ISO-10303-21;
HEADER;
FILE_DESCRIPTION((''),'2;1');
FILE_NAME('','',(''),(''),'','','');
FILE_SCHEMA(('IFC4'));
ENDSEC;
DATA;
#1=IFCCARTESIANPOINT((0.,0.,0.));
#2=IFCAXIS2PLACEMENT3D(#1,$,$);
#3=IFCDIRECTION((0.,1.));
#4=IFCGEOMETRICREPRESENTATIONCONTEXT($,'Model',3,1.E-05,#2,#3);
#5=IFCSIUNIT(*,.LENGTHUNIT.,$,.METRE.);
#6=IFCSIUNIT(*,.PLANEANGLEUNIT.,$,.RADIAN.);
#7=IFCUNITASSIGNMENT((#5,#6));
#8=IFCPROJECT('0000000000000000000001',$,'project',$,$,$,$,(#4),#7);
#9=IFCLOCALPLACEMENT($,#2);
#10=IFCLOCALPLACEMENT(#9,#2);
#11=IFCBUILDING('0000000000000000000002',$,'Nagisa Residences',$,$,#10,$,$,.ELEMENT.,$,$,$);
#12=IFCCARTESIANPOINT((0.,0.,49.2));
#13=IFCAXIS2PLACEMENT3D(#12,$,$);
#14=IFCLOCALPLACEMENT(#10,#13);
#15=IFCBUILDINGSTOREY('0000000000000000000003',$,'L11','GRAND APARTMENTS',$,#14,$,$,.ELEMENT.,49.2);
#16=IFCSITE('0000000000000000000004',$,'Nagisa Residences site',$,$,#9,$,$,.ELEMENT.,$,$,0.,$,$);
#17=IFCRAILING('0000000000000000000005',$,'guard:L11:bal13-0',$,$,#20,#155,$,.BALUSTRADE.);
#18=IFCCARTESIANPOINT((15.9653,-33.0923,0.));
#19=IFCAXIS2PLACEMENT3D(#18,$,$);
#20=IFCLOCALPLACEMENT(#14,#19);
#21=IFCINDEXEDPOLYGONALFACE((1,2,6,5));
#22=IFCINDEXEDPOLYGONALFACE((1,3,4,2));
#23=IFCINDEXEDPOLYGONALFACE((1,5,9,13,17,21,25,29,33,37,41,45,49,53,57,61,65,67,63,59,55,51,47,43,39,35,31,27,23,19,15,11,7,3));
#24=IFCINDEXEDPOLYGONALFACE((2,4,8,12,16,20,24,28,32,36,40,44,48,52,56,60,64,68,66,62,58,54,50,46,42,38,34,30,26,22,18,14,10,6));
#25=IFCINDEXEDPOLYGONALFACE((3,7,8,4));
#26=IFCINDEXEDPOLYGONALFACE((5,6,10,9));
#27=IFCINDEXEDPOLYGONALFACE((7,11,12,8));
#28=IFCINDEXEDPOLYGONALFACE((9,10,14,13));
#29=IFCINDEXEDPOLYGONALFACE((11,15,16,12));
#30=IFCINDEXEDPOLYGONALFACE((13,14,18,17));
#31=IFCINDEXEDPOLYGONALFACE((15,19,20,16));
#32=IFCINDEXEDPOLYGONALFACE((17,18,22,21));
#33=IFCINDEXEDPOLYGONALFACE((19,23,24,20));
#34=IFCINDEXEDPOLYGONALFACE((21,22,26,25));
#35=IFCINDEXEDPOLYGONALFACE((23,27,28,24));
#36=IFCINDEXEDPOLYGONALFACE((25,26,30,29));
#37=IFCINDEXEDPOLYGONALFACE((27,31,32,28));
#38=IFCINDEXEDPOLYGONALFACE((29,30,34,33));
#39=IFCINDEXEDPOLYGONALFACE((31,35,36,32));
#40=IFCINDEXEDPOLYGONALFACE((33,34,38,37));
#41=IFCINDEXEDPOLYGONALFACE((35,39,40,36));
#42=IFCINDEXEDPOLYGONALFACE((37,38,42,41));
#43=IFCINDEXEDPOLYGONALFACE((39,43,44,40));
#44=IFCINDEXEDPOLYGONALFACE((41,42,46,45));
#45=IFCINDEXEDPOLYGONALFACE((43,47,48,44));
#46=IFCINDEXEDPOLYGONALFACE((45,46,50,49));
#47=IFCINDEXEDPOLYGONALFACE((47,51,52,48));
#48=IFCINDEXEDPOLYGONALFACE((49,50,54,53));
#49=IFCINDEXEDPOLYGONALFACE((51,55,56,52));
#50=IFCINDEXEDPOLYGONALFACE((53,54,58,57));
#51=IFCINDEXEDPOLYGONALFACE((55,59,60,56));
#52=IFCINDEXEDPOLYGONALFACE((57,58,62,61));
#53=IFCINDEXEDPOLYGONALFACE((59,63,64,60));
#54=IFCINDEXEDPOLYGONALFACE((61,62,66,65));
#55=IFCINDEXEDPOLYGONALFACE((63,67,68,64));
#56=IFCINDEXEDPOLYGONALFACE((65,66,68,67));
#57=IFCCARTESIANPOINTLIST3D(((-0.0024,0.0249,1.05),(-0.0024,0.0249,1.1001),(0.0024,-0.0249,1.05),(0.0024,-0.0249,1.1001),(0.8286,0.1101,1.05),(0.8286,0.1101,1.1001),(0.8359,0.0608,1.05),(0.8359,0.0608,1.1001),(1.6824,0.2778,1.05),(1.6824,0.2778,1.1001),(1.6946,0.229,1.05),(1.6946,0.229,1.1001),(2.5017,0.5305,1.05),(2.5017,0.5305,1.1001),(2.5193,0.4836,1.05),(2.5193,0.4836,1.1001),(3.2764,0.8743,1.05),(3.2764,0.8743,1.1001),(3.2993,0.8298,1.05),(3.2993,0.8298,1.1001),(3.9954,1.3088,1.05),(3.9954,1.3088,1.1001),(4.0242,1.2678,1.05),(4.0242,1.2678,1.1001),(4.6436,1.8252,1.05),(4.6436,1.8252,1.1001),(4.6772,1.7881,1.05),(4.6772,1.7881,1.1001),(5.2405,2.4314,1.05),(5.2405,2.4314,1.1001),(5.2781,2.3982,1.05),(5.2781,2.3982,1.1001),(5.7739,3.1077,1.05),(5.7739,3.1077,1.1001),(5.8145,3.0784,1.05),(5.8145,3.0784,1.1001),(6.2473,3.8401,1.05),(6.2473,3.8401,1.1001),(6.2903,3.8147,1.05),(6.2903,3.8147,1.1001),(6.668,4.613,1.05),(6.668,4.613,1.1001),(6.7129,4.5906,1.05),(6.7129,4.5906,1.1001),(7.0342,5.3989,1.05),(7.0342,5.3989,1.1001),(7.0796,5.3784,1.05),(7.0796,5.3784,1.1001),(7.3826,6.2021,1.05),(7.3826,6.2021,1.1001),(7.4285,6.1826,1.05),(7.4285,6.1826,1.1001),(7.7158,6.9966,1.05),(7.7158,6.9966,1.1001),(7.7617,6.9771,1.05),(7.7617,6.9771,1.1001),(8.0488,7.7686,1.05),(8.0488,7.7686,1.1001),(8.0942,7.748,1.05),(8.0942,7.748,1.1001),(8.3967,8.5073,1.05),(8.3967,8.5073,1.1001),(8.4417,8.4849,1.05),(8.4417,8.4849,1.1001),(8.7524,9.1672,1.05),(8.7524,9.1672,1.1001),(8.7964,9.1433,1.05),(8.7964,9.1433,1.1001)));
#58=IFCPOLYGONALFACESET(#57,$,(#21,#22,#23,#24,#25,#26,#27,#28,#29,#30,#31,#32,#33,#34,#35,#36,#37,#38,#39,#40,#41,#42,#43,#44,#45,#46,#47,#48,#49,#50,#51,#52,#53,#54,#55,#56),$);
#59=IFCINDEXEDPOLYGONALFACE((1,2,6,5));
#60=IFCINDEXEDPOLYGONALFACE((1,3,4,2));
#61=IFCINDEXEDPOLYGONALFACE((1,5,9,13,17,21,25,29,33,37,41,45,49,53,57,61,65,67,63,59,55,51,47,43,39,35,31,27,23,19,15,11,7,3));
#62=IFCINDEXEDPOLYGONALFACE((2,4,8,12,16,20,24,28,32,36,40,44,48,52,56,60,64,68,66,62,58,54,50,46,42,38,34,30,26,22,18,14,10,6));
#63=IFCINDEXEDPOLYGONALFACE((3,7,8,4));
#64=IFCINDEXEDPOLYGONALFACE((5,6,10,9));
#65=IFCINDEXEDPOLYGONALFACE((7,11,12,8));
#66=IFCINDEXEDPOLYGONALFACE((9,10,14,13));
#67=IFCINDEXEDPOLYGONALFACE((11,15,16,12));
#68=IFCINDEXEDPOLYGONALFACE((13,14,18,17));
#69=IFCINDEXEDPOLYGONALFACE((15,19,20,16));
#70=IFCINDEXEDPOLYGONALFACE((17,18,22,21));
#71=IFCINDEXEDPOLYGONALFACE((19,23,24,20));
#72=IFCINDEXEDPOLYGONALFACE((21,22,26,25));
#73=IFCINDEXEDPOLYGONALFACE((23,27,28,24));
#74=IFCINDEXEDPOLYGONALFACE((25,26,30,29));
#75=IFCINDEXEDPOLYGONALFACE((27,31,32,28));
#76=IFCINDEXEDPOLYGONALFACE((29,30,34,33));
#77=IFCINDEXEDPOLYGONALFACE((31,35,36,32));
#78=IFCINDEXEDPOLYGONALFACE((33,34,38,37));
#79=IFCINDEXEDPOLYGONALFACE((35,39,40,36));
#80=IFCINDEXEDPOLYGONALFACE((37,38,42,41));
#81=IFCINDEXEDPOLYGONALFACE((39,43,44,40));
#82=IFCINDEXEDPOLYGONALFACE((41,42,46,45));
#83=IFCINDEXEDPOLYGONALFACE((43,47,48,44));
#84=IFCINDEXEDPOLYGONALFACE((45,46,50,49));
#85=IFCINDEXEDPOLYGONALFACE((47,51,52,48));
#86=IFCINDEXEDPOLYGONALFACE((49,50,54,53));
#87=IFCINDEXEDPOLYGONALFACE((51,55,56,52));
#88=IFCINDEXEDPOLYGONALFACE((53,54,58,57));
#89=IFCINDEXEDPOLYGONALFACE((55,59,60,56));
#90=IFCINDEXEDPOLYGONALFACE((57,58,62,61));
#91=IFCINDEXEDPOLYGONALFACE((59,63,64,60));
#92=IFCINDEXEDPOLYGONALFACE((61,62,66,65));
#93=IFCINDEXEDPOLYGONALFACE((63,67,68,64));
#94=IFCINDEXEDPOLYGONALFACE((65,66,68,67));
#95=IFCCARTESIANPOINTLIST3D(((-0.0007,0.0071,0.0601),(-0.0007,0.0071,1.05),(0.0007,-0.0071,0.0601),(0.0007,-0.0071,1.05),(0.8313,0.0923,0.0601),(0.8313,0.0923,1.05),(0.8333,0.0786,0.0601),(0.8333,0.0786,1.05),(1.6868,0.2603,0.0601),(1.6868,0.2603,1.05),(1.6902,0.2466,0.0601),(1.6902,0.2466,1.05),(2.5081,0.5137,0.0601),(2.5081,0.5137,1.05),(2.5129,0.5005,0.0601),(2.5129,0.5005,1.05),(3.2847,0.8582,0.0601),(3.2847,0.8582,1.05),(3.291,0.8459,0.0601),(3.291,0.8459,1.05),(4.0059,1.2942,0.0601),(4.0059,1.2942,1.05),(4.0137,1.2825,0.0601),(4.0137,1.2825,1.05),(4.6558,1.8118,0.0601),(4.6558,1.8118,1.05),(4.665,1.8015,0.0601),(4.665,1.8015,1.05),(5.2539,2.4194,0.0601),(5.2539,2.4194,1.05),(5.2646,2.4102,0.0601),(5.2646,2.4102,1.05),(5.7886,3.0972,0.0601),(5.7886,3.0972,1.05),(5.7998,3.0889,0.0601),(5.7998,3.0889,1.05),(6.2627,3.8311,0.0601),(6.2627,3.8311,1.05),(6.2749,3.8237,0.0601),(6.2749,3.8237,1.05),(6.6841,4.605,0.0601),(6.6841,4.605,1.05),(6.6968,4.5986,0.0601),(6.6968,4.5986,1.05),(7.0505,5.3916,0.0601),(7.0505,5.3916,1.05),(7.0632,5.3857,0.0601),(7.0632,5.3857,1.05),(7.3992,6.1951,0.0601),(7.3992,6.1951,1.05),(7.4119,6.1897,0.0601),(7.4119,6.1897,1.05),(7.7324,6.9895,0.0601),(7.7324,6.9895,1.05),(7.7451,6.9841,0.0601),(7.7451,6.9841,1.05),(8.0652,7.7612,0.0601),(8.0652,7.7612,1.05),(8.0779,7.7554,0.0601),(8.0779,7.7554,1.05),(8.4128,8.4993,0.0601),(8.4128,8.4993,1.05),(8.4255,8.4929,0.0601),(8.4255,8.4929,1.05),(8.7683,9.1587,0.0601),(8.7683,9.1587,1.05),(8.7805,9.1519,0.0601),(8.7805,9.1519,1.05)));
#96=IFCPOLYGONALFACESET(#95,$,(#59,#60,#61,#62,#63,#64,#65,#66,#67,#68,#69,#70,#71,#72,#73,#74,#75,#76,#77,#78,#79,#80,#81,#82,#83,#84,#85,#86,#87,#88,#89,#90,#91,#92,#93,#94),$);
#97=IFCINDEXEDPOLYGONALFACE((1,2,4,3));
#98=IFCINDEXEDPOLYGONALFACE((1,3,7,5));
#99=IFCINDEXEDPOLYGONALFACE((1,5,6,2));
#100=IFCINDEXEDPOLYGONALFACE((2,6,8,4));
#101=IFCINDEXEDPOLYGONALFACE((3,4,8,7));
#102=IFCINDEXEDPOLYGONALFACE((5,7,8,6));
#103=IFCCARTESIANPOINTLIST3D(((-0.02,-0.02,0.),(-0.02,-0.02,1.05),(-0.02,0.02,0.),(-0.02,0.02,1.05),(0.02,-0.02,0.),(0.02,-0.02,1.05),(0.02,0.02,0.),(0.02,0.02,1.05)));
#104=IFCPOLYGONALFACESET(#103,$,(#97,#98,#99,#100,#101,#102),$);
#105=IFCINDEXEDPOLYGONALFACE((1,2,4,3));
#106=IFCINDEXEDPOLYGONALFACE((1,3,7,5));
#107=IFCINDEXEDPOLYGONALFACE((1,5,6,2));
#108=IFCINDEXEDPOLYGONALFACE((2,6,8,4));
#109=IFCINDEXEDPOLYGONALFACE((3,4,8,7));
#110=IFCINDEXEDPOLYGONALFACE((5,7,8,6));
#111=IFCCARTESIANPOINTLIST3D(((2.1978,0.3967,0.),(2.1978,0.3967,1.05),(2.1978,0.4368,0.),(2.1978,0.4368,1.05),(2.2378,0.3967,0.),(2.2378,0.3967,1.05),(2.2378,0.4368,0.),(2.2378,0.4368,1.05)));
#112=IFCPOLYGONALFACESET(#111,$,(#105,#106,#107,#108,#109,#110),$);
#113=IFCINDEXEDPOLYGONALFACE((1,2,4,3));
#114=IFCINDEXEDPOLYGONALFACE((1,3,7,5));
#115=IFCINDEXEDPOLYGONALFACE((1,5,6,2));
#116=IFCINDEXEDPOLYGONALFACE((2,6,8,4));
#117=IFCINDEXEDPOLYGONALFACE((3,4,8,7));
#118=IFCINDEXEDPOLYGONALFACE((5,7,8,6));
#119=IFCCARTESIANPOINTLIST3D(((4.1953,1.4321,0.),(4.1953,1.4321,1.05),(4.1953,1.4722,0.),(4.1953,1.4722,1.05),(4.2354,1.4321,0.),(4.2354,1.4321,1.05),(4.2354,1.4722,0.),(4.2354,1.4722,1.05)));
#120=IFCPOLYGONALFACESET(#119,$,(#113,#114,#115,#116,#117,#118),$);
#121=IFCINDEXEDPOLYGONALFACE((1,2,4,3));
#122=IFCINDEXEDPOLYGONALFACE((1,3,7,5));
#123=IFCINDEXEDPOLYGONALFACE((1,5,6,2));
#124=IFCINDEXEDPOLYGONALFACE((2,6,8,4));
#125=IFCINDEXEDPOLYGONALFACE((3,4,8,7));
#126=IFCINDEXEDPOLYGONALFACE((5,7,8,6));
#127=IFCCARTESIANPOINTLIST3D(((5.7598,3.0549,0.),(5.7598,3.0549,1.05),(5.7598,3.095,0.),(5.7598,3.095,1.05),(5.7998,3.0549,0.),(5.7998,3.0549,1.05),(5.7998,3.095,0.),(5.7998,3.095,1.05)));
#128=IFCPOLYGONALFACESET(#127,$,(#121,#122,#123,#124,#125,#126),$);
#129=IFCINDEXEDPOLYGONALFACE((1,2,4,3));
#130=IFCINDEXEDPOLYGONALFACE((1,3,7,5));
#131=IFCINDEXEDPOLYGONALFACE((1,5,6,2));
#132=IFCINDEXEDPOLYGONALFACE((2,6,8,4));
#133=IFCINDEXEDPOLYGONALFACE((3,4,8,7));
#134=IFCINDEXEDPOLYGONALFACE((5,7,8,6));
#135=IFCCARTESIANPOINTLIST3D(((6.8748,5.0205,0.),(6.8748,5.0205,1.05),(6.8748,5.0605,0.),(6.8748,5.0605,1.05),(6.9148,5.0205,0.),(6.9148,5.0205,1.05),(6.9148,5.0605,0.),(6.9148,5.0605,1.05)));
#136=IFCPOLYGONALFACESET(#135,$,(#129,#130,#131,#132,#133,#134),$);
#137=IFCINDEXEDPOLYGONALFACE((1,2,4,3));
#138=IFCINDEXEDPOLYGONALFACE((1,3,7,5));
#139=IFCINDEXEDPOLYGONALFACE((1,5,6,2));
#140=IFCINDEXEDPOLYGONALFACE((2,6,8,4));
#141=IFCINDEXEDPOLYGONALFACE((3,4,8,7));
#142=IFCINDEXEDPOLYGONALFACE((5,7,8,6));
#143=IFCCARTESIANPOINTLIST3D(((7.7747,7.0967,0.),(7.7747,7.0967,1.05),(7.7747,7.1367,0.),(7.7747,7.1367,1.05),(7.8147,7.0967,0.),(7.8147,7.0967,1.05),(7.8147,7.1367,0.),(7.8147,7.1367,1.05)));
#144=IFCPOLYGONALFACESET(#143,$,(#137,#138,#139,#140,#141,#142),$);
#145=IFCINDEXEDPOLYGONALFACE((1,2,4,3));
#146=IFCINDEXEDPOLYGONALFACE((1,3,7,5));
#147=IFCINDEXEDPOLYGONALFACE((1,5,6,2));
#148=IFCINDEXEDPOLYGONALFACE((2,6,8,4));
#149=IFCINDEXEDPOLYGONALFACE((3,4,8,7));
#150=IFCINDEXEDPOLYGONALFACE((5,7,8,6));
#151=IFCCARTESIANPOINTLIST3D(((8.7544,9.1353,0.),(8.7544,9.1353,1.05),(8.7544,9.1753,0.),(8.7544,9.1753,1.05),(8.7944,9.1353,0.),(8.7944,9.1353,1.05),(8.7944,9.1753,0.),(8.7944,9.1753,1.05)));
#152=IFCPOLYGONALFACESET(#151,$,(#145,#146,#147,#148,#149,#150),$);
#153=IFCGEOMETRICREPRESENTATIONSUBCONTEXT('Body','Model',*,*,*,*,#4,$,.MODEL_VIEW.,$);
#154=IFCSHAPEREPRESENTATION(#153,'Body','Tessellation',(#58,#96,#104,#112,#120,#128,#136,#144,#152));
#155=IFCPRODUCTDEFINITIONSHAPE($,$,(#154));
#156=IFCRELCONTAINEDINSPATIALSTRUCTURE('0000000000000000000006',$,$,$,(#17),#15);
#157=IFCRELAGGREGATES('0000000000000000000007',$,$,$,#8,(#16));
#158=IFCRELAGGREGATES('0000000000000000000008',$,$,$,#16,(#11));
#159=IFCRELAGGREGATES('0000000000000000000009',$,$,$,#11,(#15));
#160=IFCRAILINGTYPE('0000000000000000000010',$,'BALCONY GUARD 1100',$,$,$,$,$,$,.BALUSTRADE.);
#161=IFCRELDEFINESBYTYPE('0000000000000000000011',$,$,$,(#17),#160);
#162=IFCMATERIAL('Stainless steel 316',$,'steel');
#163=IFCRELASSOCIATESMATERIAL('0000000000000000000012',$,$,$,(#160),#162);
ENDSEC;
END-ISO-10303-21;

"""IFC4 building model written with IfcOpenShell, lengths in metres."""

from ifc_helpers import new_model, si_unit, direction, frame, origin, origin_2d, place, context, subcontext, project, spatial, polyline, rectangle, outline, extrude, material, type_object, element, save


model = new_model("IFC4")

# Units and contexts
model_context = context("Model", 3, precision=1e-05, world=origin(), true_north=direction((0.0, 1.0)))
body_context = subcontext(model_context, "Body", "Model", "MODEL_VIEW")
ifc_project = project(units=[si_unit("LENGTHUNIT", "METRE"), si_unit("PLANEANGLEUNIT", "RADIAN")], contexts=[model_context])

# Site, building, storey
site_placement = place(None, origin())
site = spatial("IfcSite", under=ifc_project, at=site_placement, Name="Nagisa Residences site", CompositionType="ELEMENT", RefElevation=0.0)
building_placement = place(site_placement, origin())
building = spatial("IfcBuilding", under=site, at=building_placement, Name="Nagisa Residences", CompositionType="ELEMENT")
storey_placement = place(building_placement, frame((0.0, 0.0, 49.2)))
storey = spatial("IfcBuildingStorey", under=building, at=storey_placement, Name="L11", Description="GRAND APARTMENTS", CompositionType="ELEMENT", Elevation=49.2)

# Railing
ifc_material_1 = material(Name="Stainless steel 316", Category="steel")
railing_type = type_object("IfcRailingType", Name="BALCONY GUARD 1100", PredefinedType="BALUSTRADE", material=ifc_material_1)
railing_1_placement = place(storey_placement, frame((15.9653, -33.0923, 0.0)))
element("IfcRailing", 1, at=railing_1_placement, inside=storey, type_object=railing_type, Name="guard:L11:bal13-0", PredefinedType="BALUSTRADE", context=body_context, shape_type="SweptSolid", body=[
    extrude(outline(polyline([(0.8286, 0.1101), (-0.0024, 0.0249), (0.0024, -0.0249), (0.8359, 0.0608), (1.6946, 0.229), (2.5193, 0.4836), (3.2993, 0.8298), (4.0242, 1.2678), (4.6772, 1.7881), (5.2781, 2.3982), (5.8145, 3.0784), (6.2903, 3.8147), (6.7129, 4.5906), (7.0796, 5.3784), (7.4285, 6.1826), (7.7617, 6.9771), (8.0942, 7.748), (8.4417, 8.4849), (8.7964, 9.1433), (8.7524, 9.1672), (8.3967, 8.5073), (8.0488, 7.7686), (7.7158, 6.9966), (7.3826, 6.2021), (7.0342, 5.3989), (6.668, 4.613), (6.2473, 3.8401), (5.7739, 3.1077), (5.2405, 2.4314), (4.6436, 1.8252), (3.9954, 1.3088), (3.2764, 0.8743), (2.5017, 0.5305), (1.6824, 0.2778), (0.8286, 0.1101)])), frame((0.0, 0.0, 1.05)), (0.0, 0.0, 1.0), 0.05),
    extrude(outline(polyline([(0.8313, 0.0923), (-0.0007, 0.0071), (0.0007, -0.0071), (0.8333, 0.0786), (1.6902, 0.2466), (2.5129, 0.5005), (3.291, 0.8459), (4.0137, 1.2825), (4.665, 1.8015), (5.2646, 2.4102), (5.7998, 3.0889), (6.2749, 3.8237), (6.6968, 4.5986), (7.0632, 5.3857), (7.4119, 6.1897), (7.7451, 6.9841), (8.0779, 7.7554), (8.4255, 8.4929), (8.7805, 9.1519), (8.7683, 9.1587), (8.4128, 8.4993), (8.0652, 7.7612), (7.7324, 6.9895), (7.3992, 6.1951), (7.0505, 5.3916), (6.6841, 4.605), (6.2627, 3.8311), (5.7886, 3.0972), (5.2539, 2.4194), (4.6558, 1.8118), (4.0059, 1.2942), (3.2847, 0.8582), (2.5081, 0.5137), (1.6868, 0.2603), (0.8313, 0.0923)])), frame((0.0, 0.0, 0.0601)), (0.0, 0.0, 1.0), 0.99),
    extrude(rectangle(XDim=0.04, YDim=0.04, at=origin_2d()), origin(), (0.0, 0.0, 1.0), 1.05),
    extrude(rectangle(XDim=0.04, YDim=0.04, at=origin_2d()), frame((2.2178, 0.4167, 0.0)), (0.0, 0.0, 1.0), 1.05),
    extrude(rectangle(XDim=0.04, YDim=0.04, at=origin_2d()), frame((4.2153, 1.4521, 0.0)), (0.0, 0.0, 1.0), 1.05),
    extrude(rectangle(XDim=0.04, YDim=0.04, at=origin_2d()), frame((5.7798, 3.075, 0.0)), (0.0, 0.0, 1.0), 1.05),
    extrude(rectangle(XDim=0.04, YDim=0.04, at=origin_2d()), frame((6.8948, 5.0405, 0.0)), (0.0, 0.0, 1.0), 1.05),
    extrude(rectangle(XDim=0.04, YDim=0.04, at=origin_2d()), frame((7.7947, 7.1167, 0.0)), (0.0, 0.0, 1.0), 1.05),
    extrude(rectangle(XDim=0.04, YDim=0.04, at=origin_2d()), frame((8.7744, 9.1553, 0.0)), (0.0, 0.0, 1.0), 1.05),
])

save(model, "model.ifc")
